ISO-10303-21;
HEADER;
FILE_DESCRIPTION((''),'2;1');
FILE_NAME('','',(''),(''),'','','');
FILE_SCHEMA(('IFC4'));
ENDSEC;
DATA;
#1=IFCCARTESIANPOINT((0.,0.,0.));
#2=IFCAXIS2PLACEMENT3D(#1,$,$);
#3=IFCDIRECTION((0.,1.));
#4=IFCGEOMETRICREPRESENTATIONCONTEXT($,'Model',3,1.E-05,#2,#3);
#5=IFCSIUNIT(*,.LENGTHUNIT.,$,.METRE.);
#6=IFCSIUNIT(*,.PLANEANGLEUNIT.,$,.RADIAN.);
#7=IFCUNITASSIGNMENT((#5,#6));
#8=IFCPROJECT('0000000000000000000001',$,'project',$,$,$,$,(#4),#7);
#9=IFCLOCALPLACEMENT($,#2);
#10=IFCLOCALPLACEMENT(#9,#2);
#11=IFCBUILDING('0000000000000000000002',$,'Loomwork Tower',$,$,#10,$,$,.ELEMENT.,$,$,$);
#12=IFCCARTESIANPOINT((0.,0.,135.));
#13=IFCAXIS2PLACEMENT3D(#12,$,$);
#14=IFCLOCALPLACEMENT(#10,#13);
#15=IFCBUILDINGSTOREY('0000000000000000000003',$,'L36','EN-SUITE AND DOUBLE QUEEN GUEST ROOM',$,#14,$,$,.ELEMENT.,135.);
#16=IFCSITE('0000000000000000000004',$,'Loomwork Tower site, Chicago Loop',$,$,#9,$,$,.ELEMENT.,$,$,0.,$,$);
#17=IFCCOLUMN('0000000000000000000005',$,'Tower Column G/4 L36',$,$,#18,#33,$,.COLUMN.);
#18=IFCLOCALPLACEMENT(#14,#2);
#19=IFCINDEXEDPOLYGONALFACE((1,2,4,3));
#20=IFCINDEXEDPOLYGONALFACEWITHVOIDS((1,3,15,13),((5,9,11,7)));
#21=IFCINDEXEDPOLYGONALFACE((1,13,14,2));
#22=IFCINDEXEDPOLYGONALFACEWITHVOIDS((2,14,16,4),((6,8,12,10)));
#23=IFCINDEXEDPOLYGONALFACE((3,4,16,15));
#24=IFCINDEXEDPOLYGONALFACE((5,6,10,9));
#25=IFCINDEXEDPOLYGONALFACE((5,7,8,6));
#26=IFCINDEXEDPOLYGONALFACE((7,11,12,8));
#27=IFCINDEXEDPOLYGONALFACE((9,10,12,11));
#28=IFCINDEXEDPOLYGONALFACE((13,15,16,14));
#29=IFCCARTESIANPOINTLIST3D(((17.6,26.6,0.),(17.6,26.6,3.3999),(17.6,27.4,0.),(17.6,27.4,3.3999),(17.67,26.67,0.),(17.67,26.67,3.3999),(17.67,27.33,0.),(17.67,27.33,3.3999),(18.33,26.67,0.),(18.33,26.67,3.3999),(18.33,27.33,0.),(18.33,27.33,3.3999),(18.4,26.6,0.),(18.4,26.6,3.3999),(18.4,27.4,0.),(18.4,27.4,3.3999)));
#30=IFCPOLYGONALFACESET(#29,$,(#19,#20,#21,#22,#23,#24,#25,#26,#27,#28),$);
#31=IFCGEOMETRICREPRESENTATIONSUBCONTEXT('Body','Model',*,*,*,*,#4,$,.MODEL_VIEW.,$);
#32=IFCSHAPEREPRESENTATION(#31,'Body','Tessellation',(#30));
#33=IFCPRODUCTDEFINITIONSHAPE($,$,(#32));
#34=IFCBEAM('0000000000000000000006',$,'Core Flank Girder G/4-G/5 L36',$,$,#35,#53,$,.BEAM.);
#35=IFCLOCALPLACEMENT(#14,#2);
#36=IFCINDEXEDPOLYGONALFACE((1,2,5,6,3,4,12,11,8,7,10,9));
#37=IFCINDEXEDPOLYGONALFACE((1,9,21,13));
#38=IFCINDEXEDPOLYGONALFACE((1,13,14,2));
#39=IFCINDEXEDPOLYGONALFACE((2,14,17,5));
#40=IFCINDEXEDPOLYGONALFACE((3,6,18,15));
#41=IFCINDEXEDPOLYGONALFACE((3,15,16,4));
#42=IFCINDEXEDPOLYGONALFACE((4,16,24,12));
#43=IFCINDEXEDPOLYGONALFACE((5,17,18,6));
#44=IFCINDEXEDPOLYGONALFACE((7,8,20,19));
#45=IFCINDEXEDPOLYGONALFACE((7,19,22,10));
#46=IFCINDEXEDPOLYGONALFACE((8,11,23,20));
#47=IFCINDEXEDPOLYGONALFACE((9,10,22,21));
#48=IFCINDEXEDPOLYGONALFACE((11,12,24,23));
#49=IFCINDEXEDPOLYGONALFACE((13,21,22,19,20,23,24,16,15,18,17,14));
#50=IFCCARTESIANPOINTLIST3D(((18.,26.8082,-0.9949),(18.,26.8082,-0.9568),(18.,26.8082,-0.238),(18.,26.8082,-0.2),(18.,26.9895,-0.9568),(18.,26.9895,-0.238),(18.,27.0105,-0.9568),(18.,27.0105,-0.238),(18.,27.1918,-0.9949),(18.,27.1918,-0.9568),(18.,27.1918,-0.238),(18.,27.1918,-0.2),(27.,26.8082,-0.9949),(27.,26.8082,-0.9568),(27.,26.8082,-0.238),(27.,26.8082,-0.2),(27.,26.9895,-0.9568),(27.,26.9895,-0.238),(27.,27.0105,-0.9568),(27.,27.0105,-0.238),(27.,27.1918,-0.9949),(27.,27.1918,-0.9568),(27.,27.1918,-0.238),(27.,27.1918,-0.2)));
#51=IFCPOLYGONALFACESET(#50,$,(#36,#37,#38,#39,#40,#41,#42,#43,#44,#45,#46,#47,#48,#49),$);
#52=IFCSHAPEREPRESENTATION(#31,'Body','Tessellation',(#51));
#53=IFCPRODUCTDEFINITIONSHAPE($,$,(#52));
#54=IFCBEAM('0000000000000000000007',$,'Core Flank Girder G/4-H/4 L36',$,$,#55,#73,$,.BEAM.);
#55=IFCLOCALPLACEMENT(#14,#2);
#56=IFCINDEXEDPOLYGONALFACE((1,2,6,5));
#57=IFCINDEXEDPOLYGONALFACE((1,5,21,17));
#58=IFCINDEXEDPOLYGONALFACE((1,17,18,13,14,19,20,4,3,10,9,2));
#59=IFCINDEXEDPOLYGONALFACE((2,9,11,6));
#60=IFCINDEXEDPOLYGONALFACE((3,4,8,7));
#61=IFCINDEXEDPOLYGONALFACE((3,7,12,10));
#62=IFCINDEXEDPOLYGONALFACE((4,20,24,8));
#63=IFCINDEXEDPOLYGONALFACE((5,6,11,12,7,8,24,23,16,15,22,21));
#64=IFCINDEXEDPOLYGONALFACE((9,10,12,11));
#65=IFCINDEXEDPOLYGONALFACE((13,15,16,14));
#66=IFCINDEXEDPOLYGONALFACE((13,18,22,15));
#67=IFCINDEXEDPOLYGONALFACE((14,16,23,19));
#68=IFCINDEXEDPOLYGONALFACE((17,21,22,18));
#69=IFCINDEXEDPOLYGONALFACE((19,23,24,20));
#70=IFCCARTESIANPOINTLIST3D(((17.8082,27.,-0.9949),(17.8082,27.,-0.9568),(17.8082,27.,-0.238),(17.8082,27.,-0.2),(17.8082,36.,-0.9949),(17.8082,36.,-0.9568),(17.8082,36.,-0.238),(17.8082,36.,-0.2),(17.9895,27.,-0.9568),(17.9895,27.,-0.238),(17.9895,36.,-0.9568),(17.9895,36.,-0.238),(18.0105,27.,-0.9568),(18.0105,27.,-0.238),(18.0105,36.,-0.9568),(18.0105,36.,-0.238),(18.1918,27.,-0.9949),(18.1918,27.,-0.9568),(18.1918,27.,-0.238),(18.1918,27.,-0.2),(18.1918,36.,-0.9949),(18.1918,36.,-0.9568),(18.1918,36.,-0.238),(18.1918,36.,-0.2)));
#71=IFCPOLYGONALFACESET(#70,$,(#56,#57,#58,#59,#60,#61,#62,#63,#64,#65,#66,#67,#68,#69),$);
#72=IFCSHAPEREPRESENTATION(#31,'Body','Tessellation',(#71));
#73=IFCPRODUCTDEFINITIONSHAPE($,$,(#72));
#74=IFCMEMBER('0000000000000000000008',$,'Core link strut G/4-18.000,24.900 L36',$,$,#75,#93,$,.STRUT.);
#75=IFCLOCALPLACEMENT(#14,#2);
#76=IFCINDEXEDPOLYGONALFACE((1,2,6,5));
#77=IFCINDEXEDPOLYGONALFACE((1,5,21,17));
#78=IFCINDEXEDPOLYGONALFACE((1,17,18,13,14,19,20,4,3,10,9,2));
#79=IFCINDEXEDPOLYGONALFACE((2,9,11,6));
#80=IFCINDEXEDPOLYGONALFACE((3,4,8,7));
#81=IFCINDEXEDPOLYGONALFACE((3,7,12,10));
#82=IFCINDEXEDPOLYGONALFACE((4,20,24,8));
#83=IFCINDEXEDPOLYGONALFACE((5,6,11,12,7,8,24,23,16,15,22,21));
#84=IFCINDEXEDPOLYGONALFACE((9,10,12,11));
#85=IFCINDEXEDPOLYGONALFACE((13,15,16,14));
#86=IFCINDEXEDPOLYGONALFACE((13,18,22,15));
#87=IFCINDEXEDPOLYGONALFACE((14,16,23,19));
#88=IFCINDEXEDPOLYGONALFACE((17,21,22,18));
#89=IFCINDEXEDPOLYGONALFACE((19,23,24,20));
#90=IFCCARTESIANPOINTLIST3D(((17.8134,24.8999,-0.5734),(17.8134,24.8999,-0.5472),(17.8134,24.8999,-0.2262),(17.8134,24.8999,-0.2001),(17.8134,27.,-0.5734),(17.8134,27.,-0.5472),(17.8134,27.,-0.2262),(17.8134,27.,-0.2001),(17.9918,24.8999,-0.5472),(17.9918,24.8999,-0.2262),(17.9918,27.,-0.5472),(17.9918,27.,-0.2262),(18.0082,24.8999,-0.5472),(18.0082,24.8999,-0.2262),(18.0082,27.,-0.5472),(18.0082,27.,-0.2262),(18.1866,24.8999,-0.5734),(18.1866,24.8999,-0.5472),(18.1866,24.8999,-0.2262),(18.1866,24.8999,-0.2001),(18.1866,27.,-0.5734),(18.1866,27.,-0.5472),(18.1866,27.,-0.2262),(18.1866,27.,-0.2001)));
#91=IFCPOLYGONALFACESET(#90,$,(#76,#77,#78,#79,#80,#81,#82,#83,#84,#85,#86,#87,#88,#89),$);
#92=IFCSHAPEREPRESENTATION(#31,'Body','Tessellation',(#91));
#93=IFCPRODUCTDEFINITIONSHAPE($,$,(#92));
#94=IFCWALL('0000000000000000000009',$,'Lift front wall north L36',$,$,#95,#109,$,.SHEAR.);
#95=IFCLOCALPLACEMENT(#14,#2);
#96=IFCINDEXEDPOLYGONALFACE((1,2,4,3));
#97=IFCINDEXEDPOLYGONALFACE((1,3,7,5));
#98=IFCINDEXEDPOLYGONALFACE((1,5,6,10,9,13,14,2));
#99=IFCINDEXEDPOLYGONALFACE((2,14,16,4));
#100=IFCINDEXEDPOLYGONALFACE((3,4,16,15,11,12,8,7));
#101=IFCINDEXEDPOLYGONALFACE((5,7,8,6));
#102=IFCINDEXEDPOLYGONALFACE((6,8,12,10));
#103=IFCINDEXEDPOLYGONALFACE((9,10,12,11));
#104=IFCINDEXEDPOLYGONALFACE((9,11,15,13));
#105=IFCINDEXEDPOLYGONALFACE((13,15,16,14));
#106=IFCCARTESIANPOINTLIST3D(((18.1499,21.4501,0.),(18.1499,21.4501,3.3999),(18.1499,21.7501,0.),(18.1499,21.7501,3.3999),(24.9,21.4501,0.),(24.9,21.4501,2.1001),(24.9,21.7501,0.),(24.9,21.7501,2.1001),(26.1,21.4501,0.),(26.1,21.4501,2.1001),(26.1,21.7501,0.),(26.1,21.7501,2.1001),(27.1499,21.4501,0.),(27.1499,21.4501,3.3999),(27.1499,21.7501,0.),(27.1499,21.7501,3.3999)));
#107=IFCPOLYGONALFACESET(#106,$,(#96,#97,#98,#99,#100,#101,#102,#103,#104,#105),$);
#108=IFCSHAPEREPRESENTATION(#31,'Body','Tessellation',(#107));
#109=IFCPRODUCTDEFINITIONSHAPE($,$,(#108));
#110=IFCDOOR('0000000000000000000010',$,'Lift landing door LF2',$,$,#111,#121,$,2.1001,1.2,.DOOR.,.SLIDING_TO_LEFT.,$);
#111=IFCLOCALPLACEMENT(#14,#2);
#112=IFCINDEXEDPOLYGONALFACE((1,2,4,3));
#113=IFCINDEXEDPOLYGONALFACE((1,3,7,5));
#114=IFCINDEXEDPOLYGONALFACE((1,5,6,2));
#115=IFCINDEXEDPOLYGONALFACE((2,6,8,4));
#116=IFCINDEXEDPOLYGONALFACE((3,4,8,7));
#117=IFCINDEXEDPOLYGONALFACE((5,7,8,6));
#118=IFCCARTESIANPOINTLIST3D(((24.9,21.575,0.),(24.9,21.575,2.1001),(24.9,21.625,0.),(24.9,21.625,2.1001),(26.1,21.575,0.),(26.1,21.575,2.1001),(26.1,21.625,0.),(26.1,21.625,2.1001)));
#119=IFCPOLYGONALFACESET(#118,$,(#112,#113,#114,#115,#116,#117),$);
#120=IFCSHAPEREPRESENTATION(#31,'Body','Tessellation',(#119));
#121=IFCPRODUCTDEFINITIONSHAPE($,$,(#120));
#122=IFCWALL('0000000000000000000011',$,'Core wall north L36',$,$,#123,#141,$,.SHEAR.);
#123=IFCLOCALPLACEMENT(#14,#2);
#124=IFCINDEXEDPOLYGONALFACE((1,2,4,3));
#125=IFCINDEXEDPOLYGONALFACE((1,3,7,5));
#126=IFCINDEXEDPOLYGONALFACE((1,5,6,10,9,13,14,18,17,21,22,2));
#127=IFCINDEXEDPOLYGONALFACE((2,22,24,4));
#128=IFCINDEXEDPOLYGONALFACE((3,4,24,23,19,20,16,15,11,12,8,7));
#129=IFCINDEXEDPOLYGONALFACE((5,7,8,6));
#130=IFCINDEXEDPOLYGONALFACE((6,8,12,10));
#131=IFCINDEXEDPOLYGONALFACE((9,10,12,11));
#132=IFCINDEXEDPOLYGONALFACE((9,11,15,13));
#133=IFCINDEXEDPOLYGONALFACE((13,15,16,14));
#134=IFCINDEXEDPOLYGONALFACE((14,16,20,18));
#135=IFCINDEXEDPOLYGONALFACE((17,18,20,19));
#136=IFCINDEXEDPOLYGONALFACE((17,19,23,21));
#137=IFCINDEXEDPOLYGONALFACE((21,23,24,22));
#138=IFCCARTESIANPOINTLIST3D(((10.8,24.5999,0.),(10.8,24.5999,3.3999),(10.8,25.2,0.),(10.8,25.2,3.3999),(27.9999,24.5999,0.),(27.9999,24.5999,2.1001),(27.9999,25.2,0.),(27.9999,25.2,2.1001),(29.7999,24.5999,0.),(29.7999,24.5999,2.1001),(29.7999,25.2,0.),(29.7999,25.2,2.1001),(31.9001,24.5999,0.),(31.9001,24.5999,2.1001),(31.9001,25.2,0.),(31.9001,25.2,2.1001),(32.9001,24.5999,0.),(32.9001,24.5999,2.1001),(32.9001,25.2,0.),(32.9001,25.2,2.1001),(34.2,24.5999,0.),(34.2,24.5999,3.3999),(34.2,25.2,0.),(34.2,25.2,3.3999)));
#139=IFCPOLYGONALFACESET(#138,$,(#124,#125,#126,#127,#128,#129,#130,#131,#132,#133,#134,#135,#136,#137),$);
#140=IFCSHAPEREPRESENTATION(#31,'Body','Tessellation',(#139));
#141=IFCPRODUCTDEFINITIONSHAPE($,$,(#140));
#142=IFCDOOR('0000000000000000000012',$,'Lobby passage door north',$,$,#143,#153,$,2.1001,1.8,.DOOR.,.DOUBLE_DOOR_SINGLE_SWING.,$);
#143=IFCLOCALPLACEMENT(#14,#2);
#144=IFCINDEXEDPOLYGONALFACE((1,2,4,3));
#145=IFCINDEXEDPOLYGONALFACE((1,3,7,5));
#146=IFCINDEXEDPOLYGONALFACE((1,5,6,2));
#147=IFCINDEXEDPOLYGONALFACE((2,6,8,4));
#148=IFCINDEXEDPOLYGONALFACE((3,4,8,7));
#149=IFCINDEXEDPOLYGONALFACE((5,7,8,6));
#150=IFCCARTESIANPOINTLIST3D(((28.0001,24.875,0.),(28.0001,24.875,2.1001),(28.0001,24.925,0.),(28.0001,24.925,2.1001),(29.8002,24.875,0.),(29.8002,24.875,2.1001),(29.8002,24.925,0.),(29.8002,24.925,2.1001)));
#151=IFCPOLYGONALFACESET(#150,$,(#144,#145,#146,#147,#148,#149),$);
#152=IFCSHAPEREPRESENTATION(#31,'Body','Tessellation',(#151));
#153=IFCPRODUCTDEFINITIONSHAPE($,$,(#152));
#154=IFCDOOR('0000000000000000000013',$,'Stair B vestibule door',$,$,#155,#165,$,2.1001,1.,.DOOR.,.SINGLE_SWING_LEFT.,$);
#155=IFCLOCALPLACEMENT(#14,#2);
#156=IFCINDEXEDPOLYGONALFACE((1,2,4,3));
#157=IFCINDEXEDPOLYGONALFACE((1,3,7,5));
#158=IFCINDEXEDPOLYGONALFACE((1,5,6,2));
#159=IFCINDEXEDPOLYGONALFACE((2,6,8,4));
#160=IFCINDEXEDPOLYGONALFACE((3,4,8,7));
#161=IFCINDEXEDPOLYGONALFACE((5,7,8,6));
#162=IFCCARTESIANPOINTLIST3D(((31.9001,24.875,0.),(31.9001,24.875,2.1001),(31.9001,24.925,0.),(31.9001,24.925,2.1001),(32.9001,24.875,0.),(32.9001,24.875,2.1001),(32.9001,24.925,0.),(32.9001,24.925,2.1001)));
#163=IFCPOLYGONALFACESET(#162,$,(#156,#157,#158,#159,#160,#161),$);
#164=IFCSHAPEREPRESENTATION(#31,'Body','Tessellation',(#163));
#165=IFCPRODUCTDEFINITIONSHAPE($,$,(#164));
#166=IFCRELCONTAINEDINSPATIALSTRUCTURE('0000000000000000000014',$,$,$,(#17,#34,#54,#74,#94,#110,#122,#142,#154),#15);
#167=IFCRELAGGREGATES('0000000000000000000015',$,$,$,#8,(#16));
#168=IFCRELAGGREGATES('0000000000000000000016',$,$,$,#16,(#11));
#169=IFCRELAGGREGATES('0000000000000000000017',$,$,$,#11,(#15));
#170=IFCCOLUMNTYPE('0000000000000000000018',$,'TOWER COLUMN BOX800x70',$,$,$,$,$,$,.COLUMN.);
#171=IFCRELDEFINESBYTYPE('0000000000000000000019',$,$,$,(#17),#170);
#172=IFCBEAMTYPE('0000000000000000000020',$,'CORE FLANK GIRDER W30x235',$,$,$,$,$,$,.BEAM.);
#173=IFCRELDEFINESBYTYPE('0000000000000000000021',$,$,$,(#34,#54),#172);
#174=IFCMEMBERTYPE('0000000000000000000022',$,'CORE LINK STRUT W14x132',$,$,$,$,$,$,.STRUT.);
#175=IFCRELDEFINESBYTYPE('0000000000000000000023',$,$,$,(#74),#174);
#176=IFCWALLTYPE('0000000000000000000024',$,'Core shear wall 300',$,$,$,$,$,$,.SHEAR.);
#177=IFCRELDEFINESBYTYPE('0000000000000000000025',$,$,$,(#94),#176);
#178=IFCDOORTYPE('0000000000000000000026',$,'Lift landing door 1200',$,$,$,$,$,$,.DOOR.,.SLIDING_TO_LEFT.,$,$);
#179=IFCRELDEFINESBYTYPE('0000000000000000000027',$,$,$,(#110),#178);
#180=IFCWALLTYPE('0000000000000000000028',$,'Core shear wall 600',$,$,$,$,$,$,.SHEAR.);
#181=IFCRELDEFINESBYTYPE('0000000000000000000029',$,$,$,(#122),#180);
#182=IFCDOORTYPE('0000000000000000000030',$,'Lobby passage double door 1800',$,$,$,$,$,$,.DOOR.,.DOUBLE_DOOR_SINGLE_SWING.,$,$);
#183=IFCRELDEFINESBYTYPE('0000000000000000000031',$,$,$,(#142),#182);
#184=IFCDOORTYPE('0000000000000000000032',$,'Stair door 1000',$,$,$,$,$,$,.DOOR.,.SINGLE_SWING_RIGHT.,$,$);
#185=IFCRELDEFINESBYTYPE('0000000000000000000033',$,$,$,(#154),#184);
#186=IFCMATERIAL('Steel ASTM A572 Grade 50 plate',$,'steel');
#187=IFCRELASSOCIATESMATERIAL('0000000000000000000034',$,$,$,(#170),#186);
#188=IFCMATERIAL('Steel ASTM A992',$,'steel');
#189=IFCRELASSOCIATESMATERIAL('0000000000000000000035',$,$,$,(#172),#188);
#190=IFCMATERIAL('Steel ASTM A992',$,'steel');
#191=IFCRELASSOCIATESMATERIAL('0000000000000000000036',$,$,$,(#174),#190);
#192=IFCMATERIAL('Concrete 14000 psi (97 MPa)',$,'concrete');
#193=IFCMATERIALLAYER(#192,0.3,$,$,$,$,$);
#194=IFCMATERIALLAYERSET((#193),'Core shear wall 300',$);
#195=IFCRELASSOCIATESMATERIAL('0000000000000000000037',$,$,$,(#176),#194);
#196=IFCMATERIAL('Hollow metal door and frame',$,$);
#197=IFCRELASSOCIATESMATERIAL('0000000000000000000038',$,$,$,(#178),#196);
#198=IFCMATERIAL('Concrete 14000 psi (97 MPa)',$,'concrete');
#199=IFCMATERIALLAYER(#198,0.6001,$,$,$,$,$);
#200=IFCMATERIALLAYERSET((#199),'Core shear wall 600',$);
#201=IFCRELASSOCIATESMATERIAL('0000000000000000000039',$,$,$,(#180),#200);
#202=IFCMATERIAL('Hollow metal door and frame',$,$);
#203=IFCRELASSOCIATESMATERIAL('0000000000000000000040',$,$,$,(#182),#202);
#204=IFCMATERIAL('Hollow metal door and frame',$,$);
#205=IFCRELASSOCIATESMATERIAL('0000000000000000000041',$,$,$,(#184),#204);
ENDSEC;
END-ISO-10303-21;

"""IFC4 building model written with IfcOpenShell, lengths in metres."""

from ifc_helpers import new_model, si_unit, direction, frame, frame_2d, origin, origin_2d, place, context, subcontext, project, spatial, rectangle, hollow_rectangle, i_section, extrude, material, layer, layer_set, material_profile, profile_set, type_object, element, fill, save


model = new_model("IFC4")

# Units and contexts
model_context = context("Model", 3, precision=1e-05, world=origin(), true_north=direction((0.0, 1.0)))
body_context = subcontext(model_context, "Body", "Model", "MODEL_VIEW")
ifc_project = project(units=[si_unit("LENGTHUNIT", "METRE"), si_unit("PLANEANGLEUNIT", "RADIAN")], contexts=[model_context])

# Site, building, storey
site_placement = place(None, origin())
site = spatial("IfcSite", under=ifc_project, at=site_placement, Name="Loomwork Tower site, Chicago Loop", CompositionType="ELEMENT", RefElevation=0.0)
building_placement = place(site_placement, origin())
building = spatial("IfcBuilding", under=site, at=building_placement, Name="Loomwork Tower", CompositionType="ELEMENT")
storey_placement = place(building_placement, frame((0.0, 0.0, 135.0)))
storey = spatial("IfcBuildingStorey", under=building, at=storey_placement, Name="L36", Description="EN-SUITE AND DOUBLE QUEEN GUEST ROOM", CompositionType="ELEMENT", Elevation=135.0)

# Column
ifc_material_1 = material(Name="Steel ASTM A572 Grade 50 plate", Category="steel")
ifc_material_profile_1 = material_profile(ifc_material_1, hollow_rectangle(XDim=0.8, YDim=0.8, WallThickness=0.0701, at=origin_2d()), Name="BOX800x70")
ifc_profile_set_1 = profile_set([ifc_material_profile_1], Name="Steel ASTM A572 Grade 50 plate")
column_type = type_object("IfcColumnType", Name="TOWER COLUMN BOX800x70", PredefinedType="COLUMN", material=ifc_profile_set_1)
column_placement = place(storey_placement, frame((18.0, 27.0, 0.0), z_axis=(0.0, 0.0, 1.0), x_axis=(1.0, 0.0, 0.0)))
element("IfcColumn", 1, at=column_placement, inside=storey, type_object=column_type, Name="Tower Column G/4 L36", PredefinedType="COLUMN", context=body_context, shape_type="SweptSolid", body=[
    extrude(hollow_rectangle(XDim=0.8, YDim=0.8, WallThickness=0.0701, at=origin_2d()), origin(), (0.0, 0.0, 1.0), 3.3999),
])

# Beams
ifc_material_2 = material(Name="Steel ASTM A992", Category="steel")
ifc_material_profile_2 = material_profile(ifc_material_2, i_section(OverallWidth=0.3835, OverallDepth=0.7949, WebThickness=0.021, FlangeThickness=0.0381, at=origin_2d()), Name="W30x235")
ifc_profile_set_2 = profile_set([ifc_material_profile_2], Name="Steel ASTM A992")
beam_type = type_object("IfcBeamType", Name="CORE FLANK GIRDER W30x235", PredefinedType="BEAM", material=ifc_profile_set_2)
for number, where, z_axis, x_axis, name in (
    (2, (18.0, 27.0, -0.5974), (1.0, 0.0, 0.0), (0.0, 1.0, 0.0), "Core Flank Girder G/4-G/5 L36"),
    (3, (18.0, 27.0, -0.5974), (0.0, 1.0, 0.0), (-1.0, 0.0, 0.0), "Core Flank Girder G/4-H/4 L36"),
):
    element("IfcBeam", number, at=place(storey_placement, frame(where, z_axis=z_axis, x_axis=x_axis)), inside=storey, type_object=beam_type, Name=name, PredefinedType="BEAM", context=body_context, shape_type="SweptSolid", body=[
        extrude(i_section(OverallWidth=0.3835, OverallDepth=0.7949, WebThickness=0.021, FlangeThickness=0.0381, at=origin_2d()), origin(), (0.0, 0.0, 1.0), 9.0),
    ])

# Member
ifc_material_3 = material(Name="Steel ASTM A992", Category="steel")
ifc_material_profile_3 = material_profile(ifc_material_3, i_section(OverallWidth=0.3733, OverallDepth=0.3733, WebThickness=0.0164, FlangeThickness=0.0261, at=origin_2d()), Name="W14x132")
ifc_profile_set_3 = profile_set([ifc_material_profile_3], Name="Steel ASTM A992")
member_type = type_object("IfcMemberType", Name="CORE LINK STRUT W14x132", PredefinedType="STRUT", material=ifc_profile_set_3)
member_placement = place(storey_placement, frame((18.0, 27.0, -0.3867), z_axis=(0.0, -1.0, 0.0), x_axis=(1.0, 0.0, 0.0)))
element("IfcMember", 4, at=member_placement, inside=storey, type_object=member_type, Name="Core link strut G/4-18.000,24.900 L36", PredefinedType="STRUT", context=body_context, shape_type="SweptSolid", body=[
    extrude(i_section(OverallWidth=0.3733, OverallDepth=0.3733, WebThickness=0.0164, FlangeThickness=0.0261, at=origin_2d()), origin(), (0.0, 0.0, 1.0), 2.1001),
])

# Wall, opening, door
ifc_material_4 = material(Name="Concrete 14000 psi (97 MPa)", Category="concrete")
ifc_layer_1 = layer(ifc_material_4, 0.3)
ifc_layer_set_1 = layer_set([ifc_layer_1], Name="Core shear wall 300")
wall_type_1 = type_object("IfcWallType", Name="Core shear wall 300", PredefinedType="SHEAR", material=ifc_layer_set_1)
wall_1_placement = place(storey_placement, frame((18.1499, 21.6001, 0.0), z_axis=(0.0, 0.0, 1.0), x_axis=(1.0, 0.0, 0.0)))
wall_1 = element("IfcWall", 5, at=wall_1_placement, inside=storey, type_object=wall_type_1, Name="Lift front wall north L36", PredefinedType="SHEAR", context=body_context, shape_type="SweptSolid", body=[
    extrude(rectangle(XDim=9.0, YDim=0.3, at=frame_2d((4.5, 0.0))), origin(), (0.0, 0.0, 1.0), 3.3999),
])
opening_1_placement = place(wall_1_placement, frame((6.75, 0.0, 0.0)))
opening_1 = element("IfcOpeningElement", 6, at=opening_1_placement, cuts=wall_1, PredefinedType="OPENING", context=body_context, shape_type="SweptSolid", body=[
    extrude(rectangle(XDim=1.2, YDim=2.1001, at=frame_2d((0.6001, 1.05))), frame((0.0, 0.1599, 0.0), z_axis=(0.0, -1.0, 0.0), x_axis=(1.0, 0.0, 0.0)), (0.0, 0.0, 1.0), 0.3201),
])
ifc_material_5 = material(Name="Hollow metal door and frame")
door_type_1 = type_object("IfcDoorType", Name="Lift landing door 1200", OperationType="SLIDING_TO_LEFT", PredefinedType="DOOR", material=ifc_material_5)
door_1_placement = place(opening_1_placement, origin())
door_1 = element("IfcDoor", 7, at=door_1_placement, inside=storey, type_object=door_type_1, Name="Lift landing door LF2", OperationType="SLIDING_TO_LEFT", OverallHeight=2.1001, OverallWidth=1.2, PredefinedType="DOOR", context=body_context, shape_type="SweptSolid", body=[
    extrude(rectangle(XDim=1.2, YDim=2.1001, at=frame_2d((0.6001, 1.05))), frame((0.0, 0.0249, 0.0), z_axis=(0.0, -1.0, 0.0), x_axis=(1.0, 0.0, 0.0)), (0.0, 0.0, 1.0), 0.05),
])
fill(opening_1, door_1)

# Wall, openings, doors
ifc_material_6 = material(Name="Concrete 14000 psi (97 MPa)", Category="concrete")
ifc_layer_2 = layer(ifc_material_6, 0.6001)
ifc_layer_set_2 = layer_set([ifc_layer_2], Name="Core shear wall 600")
wall_type_2 = type_object("IfcWallType", Name="Core shear wall 600", PredefinedType="SHEAR", material=ifc_layer_set_2)
wall_2_placement = place(storey_placement, frame((10.8, 24.8999, 0.0), z_axis=(0.0, 0.0, 1.0), x_axis=(1.0, 0.0, 0.0)))
wall_2 = element("IfcWall", 8, at=wall_2_placement, inside=storey, type_object=wall_type_2, Name="Core wall north L36", PredefinedType="SHEAR", context=body_context, shape_type="SweptSolid", body=[
    extrude(rectangle(XDim=23.3999, YDim=0.6001, at=frame_2d((11.7, 0.0))), origin(), (0.0, 0.0, 1.0), 3.3999),
])
opening_2_placement = place(wall_2_placement, frame((17.2, 0.0, 0.0)))
opening_2 = element("IfcOpeningElement", 9, at=opening_2_placement, cuts=wall_2, PredefinedType="OPENING", context=body_context, shape_type="SweptSolid", body=[
    extrude(rectangle(XDim=1.8, YDim=2.1001, at=frame_2d((0.8999, 1.05))), frame((0.0, 0.3101, 0.0), z_axis=(0.0, -1.0, 0.0), x_axis=(1.0, 0.0, 0.0)), (0.0, 0.0, 1.0), 0.6201),
])
opening_3_placement = place(wall_2_placement, frame((21.1001, 0.0, 0.0)))
opening_3 = element("IfcOpeningElement", 10, at=opening_3_placement, cuts=wall_2, PredefinedType="OPENING", context=body_context, shape_type="SweptSolid", body=[
    extrude(rectangle(XDim=1.0, YDim=2.1001, at=frame_2d((0.5, 1.05))), frame((0.0, 0.3101, 0.0), z_axis=(0.0, -1.0, 0.0), x_axis=(1.0, 0.0, 0.0)), (0.0, 0.0, 1.0), 0.6201),
])
ifc_material_7 = material(Name="Hollow metal door and frame")
door_type_2 = type_object("IfcDoorType", Name="Lobby passage double door 1800", OperationType="DOUBLE_DOOR_SINGLE_SWING", PredefinedType="DOOR", material=ifc_material_7)
door_2_placement = place(opening_2_placement, frame((1.8, 0.0, 0.0), z_axis=(0.0, 0.0, 1.0), x_axis=(-1.0, 0.0, 0.0)))
door_2 = element("IfcDoor", 11, at=door_2_placement, inside=storey, type_object=door_type_2, Name="Lobby passage door north", OperationType="DOUBLE_DOOR_SINGLE_SWING", OverallHeight=2.1001, OverallWidth=1.8, PredefinedType="DOOR", context=body_context, shape_type="SweptSolid", body=[
    extrude(rectangle(XDim=1.8, YDim=2.1001, at=frame_2d((0.8999, 1.05))), frame((0.0, 0.0249, 0.0), z_axis=(0.0, -1.0, 0.0), x_axis=(1.0, 0.0, 0.0)), (0.0, 0.0, 1.0), 0.05),
])
fill(opening_2, door_2)
ifc_material_8 = material(Name="Hollow metal door and frame")
door_type_3 = type_object("IfcDoorType", Name="Stair door 1000", OperationType="SINGLE_SWING_RIGHT", PredefinedType="DOOR", material=ifc_material_8)
door_3_placement = place(opening_3_placement, frame((1.0, 0.0, 0.0), z_axis=(0.0, 0.0, 1.0), x_axis=(-1.0, 0.0, 0.0)))
door_3 = element("IfcDoor", 12, at=door_3_placement, inside=storey, type_object=door_type_3, Name="Stair B vestibule door", OperationType="SINGLE_SWING_LEFT", OverallHeight=2.1001, OverallWidth=1.0, PredefinedType="DOOR", context=body_context, shape_type="SweptSolid", body=[
    extrude(rectangle(XDim=1.0, YDim=2.1001, at=frame_2d((0.5, 1.05))), frame((0.0, 0.0249, 0.0), z_axis=(0.0, -1.0, 0.0), x_axis=(1.0, 0.0, 0.0)), (0.0, 0.0, 1.0), 0.05),
])
fill(opening_3, door_3)

save(model, "model.ifc")
